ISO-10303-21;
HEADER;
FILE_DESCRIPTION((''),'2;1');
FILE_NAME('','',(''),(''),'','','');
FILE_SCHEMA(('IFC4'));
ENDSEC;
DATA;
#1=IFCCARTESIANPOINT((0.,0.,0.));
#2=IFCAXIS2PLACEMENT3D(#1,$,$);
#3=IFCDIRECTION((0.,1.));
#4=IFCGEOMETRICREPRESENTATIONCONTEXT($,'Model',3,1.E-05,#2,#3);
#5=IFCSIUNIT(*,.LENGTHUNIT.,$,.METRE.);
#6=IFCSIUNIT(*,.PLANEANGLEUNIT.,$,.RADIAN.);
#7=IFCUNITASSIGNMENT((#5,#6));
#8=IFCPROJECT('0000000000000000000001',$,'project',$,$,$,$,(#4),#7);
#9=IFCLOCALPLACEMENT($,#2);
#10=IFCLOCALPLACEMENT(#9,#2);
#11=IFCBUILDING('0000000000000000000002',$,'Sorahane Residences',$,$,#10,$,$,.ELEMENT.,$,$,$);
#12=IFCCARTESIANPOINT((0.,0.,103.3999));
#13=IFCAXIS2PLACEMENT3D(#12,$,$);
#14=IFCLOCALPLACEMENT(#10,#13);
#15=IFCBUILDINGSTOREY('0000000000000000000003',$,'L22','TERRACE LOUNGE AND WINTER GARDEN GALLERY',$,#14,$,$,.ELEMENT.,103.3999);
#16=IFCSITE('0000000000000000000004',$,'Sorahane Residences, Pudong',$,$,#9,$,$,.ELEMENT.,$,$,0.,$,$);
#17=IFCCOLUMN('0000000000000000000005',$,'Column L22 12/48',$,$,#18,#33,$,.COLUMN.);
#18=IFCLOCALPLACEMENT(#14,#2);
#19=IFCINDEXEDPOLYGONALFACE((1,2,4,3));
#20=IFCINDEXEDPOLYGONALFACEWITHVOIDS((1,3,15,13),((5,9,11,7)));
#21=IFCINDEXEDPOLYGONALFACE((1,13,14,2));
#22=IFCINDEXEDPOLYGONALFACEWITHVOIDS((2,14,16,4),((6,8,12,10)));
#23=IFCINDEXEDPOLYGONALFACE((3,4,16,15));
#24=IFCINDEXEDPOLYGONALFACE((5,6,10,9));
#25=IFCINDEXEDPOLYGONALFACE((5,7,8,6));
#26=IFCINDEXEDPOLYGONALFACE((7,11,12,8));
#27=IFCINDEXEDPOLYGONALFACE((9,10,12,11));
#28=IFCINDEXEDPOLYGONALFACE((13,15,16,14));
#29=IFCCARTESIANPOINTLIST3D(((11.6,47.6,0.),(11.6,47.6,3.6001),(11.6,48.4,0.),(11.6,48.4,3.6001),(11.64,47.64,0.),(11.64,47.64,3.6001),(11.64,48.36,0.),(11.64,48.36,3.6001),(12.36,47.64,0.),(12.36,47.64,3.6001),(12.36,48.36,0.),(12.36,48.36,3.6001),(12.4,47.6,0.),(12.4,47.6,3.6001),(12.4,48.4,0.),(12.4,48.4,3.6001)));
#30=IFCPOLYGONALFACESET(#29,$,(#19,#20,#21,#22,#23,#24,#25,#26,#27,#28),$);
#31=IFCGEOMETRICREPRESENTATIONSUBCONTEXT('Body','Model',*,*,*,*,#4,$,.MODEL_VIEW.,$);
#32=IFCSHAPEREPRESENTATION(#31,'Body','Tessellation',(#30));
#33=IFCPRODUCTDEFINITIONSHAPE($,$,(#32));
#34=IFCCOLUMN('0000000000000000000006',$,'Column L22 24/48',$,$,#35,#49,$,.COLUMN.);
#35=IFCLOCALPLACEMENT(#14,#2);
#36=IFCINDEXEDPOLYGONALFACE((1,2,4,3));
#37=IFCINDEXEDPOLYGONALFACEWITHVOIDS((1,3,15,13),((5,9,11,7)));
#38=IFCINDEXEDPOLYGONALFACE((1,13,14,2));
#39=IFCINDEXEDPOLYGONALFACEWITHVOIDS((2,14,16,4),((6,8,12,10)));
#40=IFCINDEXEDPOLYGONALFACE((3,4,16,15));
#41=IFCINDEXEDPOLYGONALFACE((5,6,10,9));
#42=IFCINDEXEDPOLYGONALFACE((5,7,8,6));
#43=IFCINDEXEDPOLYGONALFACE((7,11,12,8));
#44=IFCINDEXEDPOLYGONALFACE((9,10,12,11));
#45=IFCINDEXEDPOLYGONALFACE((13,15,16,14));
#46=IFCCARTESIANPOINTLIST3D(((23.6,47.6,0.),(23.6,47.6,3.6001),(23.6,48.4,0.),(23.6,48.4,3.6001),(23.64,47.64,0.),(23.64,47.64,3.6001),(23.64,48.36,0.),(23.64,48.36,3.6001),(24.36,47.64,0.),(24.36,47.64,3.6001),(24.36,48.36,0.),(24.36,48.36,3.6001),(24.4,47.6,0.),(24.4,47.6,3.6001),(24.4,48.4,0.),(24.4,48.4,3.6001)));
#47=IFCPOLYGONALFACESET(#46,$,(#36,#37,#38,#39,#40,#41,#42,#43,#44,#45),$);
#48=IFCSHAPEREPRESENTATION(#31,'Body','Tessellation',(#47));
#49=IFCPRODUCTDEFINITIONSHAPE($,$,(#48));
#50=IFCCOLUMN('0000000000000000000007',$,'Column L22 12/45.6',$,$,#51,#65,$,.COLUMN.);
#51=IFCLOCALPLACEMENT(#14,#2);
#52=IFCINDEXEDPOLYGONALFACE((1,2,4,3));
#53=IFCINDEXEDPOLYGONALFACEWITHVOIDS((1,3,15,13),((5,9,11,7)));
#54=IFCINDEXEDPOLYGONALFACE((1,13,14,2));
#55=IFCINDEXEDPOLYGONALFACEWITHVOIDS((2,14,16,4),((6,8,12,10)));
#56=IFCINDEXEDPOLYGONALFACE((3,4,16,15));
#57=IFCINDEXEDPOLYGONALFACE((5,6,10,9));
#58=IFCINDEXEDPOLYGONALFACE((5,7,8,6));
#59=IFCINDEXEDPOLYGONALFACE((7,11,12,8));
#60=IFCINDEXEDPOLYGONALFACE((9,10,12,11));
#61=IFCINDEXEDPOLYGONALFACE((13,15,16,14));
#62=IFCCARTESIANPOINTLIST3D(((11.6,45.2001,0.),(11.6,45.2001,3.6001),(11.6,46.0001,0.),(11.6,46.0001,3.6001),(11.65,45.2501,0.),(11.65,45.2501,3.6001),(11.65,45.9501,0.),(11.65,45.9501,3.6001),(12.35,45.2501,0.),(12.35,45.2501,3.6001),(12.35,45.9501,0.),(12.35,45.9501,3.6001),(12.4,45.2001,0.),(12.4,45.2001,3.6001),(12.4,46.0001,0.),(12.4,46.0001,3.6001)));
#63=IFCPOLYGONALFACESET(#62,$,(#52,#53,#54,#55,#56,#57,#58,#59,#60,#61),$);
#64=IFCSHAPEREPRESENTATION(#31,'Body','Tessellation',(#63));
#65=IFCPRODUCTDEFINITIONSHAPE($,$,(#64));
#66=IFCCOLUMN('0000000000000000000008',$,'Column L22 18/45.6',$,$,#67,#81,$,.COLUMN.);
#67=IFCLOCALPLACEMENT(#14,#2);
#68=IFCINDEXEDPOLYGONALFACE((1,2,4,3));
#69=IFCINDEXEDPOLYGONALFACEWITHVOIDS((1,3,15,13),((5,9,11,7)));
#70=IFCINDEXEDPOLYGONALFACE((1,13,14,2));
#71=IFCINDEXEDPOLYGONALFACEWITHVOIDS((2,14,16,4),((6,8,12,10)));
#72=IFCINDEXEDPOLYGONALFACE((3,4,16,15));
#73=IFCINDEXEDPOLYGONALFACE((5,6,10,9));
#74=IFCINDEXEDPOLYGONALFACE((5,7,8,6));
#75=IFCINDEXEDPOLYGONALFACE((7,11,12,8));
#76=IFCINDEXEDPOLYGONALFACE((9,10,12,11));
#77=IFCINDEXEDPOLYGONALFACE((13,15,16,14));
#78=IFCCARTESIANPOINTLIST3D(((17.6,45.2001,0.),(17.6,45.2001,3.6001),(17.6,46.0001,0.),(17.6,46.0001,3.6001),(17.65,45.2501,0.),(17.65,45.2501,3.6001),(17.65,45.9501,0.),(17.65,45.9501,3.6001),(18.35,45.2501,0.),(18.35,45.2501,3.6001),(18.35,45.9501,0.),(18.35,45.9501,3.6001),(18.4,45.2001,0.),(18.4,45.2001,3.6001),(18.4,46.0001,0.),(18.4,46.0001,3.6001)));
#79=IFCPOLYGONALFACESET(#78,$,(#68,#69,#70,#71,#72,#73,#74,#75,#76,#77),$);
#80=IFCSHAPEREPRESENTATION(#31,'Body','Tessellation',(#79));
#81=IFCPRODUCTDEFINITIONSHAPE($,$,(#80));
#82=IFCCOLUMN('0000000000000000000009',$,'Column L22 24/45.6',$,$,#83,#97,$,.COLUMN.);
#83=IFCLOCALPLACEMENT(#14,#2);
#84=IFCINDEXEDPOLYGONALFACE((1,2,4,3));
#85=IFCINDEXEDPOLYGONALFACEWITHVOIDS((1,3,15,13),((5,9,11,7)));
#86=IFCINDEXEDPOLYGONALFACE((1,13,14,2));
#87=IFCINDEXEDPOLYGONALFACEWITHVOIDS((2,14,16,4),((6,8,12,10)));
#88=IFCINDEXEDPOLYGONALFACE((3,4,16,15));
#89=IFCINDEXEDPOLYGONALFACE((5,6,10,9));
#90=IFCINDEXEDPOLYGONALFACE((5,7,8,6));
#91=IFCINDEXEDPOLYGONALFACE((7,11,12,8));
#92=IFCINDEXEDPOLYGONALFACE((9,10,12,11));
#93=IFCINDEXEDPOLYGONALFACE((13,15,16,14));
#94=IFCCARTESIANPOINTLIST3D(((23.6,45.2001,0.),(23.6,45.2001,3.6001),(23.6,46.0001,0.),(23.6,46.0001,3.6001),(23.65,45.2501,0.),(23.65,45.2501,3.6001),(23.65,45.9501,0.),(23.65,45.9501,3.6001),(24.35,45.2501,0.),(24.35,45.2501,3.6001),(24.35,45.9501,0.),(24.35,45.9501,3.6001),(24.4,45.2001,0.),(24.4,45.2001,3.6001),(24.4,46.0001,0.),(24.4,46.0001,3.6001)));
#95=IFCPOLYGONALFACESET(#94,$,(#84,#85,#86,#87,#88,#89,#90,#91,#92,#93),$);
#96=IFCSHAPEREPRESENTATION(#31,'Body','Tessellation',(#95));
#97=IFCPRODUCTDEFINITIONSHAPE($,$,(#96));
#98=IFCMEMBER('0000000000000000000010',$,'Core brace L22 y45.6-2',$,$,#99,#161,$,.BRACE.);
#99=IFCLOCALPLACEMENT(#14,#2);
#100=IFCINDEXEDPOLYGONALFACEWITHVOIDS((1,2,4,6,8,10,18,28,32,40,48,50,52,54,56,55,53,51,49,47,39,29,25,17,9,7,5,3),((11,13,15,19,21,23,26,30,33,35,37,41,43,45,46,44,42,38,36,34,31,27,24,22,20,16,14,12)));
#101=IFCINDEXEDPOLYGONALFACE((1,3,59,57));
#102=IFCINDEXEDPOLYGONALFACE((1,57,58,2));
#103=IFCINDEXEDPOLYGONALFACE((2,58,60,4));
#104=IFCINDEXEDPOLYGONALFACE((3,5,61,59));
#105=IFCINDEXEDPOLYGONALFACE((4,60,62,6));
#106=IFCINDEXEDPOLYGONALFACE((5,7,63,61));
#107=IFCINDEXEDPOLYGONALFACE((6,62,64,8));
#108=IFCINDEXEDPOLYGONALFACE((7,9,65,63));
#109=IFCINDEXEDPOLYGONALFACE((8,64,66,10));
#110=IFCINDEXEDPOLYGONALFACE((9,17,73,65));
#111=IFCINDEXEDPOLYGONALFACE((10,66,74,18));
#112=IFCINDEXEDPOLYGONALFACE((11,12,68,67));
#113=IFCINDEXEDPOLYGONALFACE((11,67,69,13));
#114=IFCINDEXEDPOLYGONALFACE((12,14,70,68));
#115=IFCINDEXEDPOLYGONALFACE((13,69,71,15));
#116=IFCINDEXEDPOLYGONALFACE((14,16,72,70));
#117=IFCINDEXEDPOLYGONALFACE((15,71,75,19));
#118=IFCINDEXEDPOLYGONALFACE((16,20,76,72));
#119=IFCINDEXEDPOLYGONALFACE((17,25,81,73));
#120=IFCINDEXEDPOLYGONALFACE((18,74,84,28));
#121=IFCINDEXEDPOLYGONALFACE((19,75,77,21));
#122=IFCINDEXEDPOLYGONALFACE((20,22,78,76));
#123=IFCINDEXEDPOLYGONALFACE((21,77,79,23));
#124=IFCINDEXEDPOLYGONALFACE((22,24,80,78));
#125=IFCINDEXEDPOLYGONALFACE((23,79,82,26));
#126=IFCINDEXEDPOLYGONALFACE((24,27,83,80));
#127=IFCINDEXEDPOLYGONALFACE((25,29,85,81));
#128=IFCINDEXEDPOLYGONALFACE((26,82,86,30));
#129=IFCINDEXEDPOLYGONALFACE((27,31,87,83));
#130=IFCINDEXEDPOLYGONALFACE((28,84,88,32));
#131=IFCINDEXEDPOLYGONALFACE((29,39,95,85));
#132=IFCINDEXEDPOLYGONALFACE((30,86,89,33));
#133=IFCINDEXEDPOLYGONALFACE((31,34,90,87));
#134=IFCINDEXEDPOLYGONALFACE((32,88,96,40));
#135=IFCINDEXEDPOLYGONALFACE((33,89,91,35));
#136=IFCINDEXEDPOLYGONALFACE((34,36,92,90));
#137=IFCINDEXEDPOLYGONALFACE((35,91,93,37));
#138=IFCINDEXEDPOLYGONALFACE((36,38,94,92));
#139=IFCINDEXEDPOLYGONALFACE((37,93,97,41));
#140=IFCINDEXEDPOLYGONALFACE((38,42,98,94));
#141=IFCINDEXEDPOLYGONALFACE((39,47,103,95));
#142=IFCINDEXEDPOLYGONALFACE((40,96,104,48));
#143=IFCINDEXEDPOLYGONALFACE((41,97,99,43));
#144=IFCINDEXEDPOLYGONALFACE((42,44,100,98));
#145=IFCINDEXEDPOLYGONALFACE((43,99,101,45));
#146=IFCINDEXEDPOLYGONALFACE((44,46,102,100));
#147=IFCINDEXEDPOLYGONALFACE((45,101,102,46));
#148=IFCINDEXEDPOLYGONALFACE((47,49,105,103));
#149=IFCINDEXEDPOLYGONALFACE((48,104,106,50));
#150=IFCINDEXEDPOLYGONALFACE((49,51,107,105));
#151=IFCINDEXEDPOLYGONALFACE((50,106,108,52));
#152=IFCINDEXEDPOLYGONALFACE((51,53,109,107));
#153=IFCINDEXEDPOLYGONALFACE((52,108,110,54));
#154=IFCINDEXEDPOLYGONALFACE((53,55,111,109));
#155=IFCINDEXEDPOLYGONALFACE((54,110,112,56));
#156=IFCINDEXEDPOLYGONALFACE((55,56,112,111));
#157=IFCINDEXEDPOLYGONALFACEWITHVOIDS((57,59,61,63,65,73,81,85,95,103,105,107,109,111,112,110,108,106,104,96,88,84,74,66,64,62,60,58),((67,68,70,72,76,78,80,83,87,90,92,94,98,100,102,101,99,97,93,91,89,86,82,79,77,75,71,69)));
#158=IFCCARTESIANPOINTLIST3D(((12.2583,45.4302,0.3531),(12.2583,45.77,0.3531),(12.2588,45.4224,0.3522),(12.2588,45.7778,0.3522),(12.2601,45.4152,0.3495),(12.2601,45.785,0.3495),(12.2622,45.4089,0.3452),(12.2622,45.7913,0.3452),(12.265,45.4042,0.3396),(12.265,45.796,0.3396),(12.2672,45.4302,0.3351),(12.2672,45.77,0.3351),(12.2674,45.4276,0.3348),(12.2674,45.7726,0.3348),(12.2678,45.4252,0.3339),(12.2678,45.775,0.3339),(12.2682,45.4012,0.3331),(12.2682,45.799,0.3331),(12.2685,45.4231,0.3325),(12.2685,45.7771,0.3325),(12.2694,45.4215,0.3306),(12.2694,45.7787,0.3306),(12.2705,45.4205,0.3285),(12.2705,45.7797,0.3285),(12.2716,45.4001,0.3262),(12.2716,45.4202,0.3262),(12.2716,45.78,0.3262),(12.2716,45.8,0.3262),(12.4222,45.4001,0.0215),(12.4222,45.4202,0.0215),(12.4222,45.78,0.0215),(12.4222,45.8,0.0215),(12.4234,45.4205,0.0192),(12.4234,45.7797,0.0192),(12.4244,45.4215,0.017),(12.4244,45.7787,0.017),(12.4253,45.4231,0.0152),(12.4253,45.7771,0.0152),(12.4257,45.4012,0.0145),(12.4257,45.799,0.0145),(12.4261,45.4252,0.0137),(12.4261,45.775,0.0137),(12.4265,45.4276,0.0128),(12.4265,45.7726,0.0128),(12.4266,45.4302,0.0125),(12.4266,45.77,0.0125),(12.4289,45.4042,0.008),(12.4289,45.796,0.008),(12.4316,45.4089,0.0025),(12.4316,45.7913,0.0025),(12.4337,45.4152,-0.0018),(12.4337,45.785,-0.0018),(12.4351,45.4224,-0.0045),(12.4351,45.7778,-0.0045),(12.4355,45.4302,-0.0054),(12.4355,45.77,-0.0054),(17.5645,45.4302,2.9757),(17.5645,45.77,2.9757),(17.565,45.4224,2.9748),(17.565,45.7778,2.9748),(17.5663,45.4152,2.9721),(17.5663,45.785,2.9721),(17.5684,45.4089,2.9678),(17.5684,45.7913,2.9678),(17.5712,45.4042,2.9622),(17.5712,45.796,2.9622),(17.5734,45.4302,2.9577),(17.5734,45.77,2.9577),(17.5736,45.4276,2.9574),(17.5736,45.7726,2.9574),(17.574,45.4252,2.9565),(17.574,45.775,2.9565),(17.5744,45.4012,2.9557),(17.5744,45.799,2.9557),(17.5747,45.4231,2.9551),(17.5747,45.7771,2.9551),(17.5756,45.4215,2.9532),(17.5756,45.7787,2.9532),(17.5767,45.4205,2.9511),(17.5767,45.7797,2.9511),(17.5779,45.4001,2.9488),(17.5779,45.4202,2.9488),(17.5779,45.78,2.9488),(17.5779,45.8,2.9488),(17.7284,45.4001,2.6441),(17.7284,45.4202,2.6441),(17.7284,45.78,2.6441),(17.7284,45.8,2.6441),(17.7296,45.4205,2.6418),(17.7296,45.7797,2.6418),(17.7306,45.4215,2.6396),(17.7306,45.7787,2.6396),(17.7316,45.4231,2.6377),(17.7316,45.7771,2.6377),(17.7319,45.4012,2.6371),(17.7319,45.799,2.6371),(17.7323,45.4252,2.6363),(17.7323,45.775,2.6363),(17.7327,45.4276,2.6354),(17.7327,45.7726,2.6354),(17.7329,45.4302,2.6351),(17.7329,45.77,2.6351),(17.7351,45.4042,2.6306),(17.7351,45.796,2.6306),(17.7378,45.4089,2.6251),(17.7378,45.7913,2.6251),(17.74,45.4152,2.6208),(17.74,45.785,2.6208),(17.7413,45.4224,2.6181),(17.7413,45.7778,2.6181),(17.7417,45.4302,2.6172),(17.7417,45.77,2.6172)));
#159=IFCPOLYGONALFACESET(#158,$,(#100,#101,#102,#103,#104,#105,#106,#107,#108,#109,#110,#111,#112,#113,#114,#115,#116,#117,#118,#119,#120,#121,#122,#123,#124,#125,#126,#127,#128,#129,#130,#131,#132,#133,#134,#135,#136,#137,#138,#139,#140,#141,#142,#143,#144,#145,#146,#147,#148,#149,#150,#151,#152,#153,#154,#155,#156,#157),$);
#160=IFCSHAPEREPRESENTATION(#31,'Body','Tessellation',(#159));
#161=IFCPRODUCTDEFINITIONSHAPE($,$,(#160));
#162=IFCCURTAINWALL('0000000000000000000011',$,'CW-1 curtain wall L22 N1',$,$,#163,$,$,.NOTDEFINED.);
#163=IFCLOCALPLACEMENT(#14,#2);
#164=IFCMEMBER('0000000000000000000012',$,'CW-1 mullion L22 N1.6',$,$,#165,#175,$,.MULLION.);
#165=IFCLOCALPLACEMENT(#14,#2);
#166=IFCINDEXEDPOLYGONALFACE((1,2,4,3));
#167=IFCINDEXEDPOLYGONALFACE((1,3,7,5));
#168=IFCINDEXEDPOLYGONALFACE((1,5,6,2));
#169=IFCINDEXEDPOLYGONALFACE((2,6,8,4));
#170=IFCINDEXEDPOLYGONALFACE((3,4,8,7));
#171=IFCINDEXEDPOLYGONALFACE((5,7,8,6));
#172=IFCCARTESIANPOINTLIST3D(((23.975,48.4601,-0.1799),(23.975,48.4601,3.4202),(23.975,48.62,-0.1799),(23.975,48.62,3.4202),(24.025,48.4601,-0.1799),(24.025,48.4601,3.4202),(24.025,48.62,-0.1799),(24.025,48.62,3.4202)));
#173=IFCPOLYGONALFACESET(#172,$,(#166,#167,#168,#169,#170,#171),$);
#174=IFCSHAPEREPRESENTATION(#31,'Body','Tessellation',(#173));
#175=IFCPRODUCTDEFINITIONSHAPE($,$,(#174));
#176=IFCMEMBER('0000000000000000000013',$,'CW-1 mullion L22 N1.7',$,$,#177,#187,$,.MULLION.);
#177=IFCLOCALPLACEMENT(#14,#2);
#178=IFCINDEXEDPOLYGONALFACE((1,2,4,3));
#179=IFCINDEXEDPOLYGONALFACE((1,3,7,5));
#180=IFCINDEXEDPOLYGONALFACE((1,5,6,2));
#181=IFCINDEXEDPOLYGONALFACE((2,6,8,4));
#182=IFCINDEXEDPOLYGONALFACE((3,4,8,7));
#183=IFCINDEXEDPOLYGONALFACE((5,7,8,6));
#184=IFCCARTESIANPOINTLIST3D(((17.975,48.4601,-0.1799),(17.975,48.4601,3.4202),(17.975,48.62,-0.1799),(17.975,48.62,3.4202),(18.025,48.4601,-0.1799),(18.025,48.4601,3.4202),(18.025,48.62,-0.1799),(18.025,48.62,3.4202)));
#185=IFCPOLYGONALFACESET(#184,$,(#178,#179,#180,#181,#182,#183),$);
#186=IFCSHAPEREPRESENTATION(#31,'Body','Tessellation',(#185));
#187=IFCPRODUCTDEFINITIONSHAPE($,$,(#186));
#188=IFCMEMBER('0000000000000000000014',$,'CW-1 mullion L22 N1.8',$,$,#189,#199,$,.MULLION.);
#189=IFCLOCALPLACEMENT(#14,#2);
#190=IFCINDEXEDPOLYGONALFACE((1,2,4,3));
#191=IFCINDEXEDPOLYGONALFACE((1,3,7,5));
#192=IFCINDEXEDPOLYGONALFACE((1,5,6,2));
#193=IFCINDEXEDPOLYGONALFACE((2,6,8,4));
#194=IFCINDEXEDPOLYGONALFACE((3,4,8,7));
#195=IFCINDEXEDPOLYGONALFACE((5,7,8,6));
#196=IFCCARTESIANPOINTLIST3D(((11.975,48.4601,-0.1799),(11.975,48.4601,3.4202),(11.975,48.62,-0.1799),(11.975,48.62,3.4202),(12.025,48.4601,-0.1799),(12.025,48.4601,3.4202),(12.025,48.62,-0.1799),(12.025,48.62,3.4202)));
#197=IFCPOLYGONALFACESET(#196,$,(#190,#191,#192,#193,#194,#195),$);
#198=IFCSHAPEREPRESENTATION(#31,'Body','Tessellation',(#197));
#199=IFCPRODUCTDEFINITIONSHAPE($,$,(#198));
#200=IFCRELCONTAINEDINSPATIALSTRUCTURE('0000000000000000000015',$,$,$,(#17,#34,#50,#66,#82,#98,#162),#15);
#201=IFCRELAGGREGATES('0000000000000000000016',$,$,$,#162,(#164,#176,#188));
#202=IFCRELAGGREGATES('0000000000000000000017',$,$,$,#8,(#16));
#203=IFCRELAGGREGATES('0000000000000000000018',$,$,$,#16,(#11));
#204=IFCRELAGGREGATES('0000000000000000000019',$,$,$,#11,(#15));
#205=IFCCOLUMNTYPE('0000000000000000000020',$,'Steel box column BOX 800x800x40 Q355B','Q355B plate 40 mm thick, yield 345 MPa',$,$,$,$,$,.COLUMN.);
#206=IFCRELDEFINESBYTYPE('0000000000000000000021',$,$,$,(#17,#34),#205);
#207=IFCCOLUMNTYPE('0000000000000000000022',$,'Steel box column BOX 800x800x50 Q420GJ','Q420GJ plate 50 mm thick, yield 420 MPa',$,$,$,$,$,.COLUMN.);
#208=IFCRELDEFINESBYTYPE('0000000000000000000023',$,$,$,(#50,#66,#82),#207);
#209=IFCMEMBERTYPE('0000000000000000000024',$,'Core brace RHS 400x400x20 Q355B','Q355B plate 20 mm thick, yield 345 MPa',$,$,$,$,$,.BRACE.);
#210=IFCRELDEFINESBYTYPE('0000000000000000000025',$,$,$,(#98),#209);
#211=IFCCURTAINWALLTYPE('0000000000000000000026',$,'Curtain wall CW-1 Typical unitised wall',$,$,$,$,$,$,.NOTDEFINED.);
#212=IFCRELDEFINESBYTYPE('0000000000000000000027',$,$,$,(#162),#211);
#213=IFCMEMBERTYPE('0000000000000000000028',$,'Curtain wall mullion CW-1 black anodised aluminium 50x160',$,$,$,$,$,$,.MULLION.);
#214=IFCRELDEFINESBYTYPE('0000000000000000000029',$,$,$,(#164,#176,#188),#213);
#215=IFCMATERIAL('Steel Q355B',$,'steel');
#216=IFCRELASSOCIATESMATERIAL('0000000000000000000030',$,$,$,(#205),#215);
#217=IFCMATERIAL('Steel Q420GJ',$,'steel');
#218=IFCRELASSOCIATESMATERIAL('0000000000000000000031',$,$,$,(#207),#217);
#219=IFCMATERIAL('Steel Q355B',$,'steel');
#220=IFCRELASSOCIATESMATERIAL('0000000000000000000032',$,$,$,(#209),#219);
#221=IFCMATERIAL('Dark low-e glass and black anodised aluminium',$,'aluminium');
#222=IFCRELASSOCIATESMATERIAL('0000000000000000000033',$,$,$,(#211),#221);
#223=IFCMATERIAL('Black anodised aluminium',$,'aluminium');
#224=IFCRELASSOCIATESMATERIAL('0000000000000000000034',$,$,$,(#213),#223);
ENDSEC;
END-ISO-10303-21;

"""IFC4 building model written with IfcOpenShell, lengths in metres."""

from ifc_helpers import new_model, si_unit, direction, frame, origin, origin_2d, place, context, subcontext, project, spatial, rectangle, hollow_rectangle, extrude, material, material_profile, profile_set, type_object, element, aggregate, save


model = new_model("IFC4")

# Units and contexts
model_context = context("Model", 3, precision=1e-05, world=origin(), true_north=direction((0.0, 1.0)))
body_context = subcontext(model_context, "Body", "Model", "MODEL_VIEW")
ifc_project = project(units=[si_unit("LENGTHUNIT", "METRE"), si_unit("PLANEANGLEUNIT", "RADIAN")], contexts=[model_context])

# Site, building, storey
site_placement = place(None, origin())
site = spatial("IfcSite", under=ifc_project, at=site_placement, Name="Sorahane Residences, Pudong", CompositionType="ELEMENT", RefElevation=0.0)
building_placement = place(site_placement, origin())
building = spatial("IfcBuilding", under=site, at=building_placement, Name="Sorahane Residences", CompositionType="ELEMENT")
storey_placement = place(building_placement, frame((0.0, 0.0, 103.3999)))
storey = spatial("IfcBuildingStorey", under=building, at=storey_placement, Name="L22", Description="TERRACE LOUNGE AND WINTER GARDEN GALLERY", CompositionType="ELEMENT", Elevation=103.3999)

# Columns
ifc_material_1 = material(Name="Steel Q355B", Category="steel")
ifc_material_profile_1 = material_profile(ifc_material_1, hollow_rectangle(XDim=0.8, YDim=0.8, WallThickness=0.04, at=origin_2d()), Name="BOX 800x800x40")
ifc_profile_set_1 = profile_set([ifc_material_profile_1], Name="Steel Q355B")
column_type_1 = type_object("IfcColumnType", Name="Steel box column BOX 800x800x40 Q355B", Description="Q355B plate 40 mm thick, yield 345 MPa", PredefinedType="COLUMN", material=ifc_profile_set_1)
for number, where, z_axis, x_axis, name in (
    (1, (12.0, 48.0, 0.0), (0.0, 0.0, 1.0), (1.0, 0.0, 0.0), "Column L22 12/48"),
    (2, (24.0, 48.0, 0.0), (0.0, 0.0, 1.0), (1.0, 0.0, 0.0), "Column L22 24/48"),
):
    element("IfcColumn", number, at=place(storey_placement, frame(where, z_axis=z_axis, x_axis=x_axis)), inside=storey, type_object=column_type_1, Name=name, PredefinedType="COLUMN", context=body_context, shape_type="SweptSolid", body=[
        extrude(hollow_rectangle(XDim=0.8, YDim=0.8, WallThickness=0.04, at=origin_2d()), origin(), (0.0, 0.0, 1.0), 3.6001),
    ])
ifc_material_2 = material(Name="Steel Q420GJ", Category="steel")
ifc_material_profile_2 = material_profile(ifc_material_2, hollow_rectangle(XDim=0.8, YDim=0.8, WallThickness=0.05, at=origin_2d()), Name="BOX 800x800x50")
ifc_profile_set_2 = profile_set([ifc_material_profile_2], Name="Steel Q420GJ")
column_type_2 = type_object("IfcColumnType", Name="Steel box column BOX 800x800x50 Q420GJ", Description="Q420GJ plate 50 mm thick, yield 420 MPa", PredefinedType="COLUMN", material=ifc_profile_set_2)
for number, where, z_axis, x_axis, name in (
    (3, (12.0, 45.6001, 0.0), (0.0, 0.0, 1.0), (1.0, 0.0, 0.0), "Column L22 12/45.6"),
    (4, (18.0, 45.6001, 0.0), (0.0, 0.0, 1.0), (1.0, 0.0, 0.0), "Column L22 18/45.6"),
    (5, (24.0, 45.6001, 0.0), (0.0, 0.0, 1.0), (1.0, 0.0, 0.0), "Column L22 24/45.6"),
):
    element("IfcColumn", number, at=place(storey_placement, frame(where, z_axis=z_axis, x_axis=x_axis)), inside=storey, type_object=column_type_2, Name=name, PredefinedType="COLUMN", context=body_context, shape_type="SweptSolid", body=[
        extrude(hollow_rectangle(XDim=0.8, YDim=0.8, WallThickness=0.05, at=origin_2d()), origin(), (0.0, 0.0, 1.0), 3.6001),
    ])

# Member
ifc_material_3 = material(Name="Steel Q355B", Category="steel")
ifc_material_profile_3 = material_profile(ifc_material_3, hollow_rectangle(XDim=0.3999, YDim=0.3999, WallThickness=0.02, InnerFilletRadius=0.01, OuterFilletRadius=0.03, at=origin_2d()), Name="RHS 400x400x20")
ifc_profile_set_3 = profile_set([ifc_material_profile_3], Name="Steel Q355B")
member_type_1 = type_object("IfcMemberType", Name="Core brace RHS 400x400x20 Q355B", Description="Q355B plate 20 mm thick, yield 345 MPa", PredefinedType="BRACE", material=ifc_profile_set_3)
member_1_placement = place(storey_placement, frame((12.3469, 45.6001, 0.1738), z_axis=(0.89648, 0.0, 0.443084), x_axis=(0.0, 1.0, 0.0)))
element("IfcMember", 6, at=member_1_placement, inside=storey, type_object=member_type_1, Name="Core brace L22 y45.6-2", PredefinedType="BRACE", context=body_context, shape_type="SweptSolid", body=[
    extrude(hollow_rectangle(XDim=0.3999, YDim=0.3999, WallThickness=0.02, InnerFilletRadius=0.01, OuterFilletRadius=0.03, at=origin_2d()), origin(), (0.0, 0.0, 1.0), 5.9189),
])

# Curtain wall, members
ifc_material_4 = material(Name="Dark low-e glass and black anodised aluminium", Category="aluminium")
curtain_wall_type = type_object("IfcCurtainWallType", Name="Curtain wall CW-1 Typical unitised wall", PredefinedType="NOTDEFINED", material=ifc_material_4)
curtain_wall_placement = place(storey_placement, origin())
curtain_wall = element("IfcCurtainWall", 7, at=curtain_wall_placement, inside=storey, type_object=curtain_wall_type, Name="CW-1 curtain wall L22 N1", PredefinedType="NOTDEFINED")
ifc_material_5 = material(Name="Black anodised aluminium", Category="aluminium")
ifc_material_profile_4 = material_profile(ifc_material_5, rectangle(XDim=0.1599, YDim=0.05, at=origin_2d()), Name="Curtain wall mullion CW-1 black anodised aluminium 50x160")
ifc_profile_set_4 = profile_set([ifc_material_profile_4], Name="Black anodised aluminium")
member_type_2 = type_object("IfcMemberType", Name="Curtain wall mullion CW-1 black anodised aluminium 50x160", PredefinedType="MULLION", material=ifc_profile_set_4)
member_2_placement = place(storey_placement, frame((24.0, 48.54, -0.1799), z_axis=(0.0, 0.0, 1.0), x_axis=(0.0, 1.0, 0.0)))
member_2 = element("IfcMember", 8, at=member_2_placement, type_object=member_type_2, Name="CW-1 mullion L22 N1.6", PredefinedType="MULLION", context=body_context, shape_type="SweptSolid", body=[
    extrude(rectangle(XDim=0.1599, YDim=0.05, at=origin_2d()), origin(), (0.0, 0.0, 1.0), 3.6001),
])
member_3_placement = place(storey_placement, frame((18.0, 48.54, -0.1799), z_axis=(0.0, 0.0, 1.0), x_axis=(0.0, 1.0, 0.0)))
member_3 = element("IfcMember", 9, at=member_3_placement, type_object=member_type_2, Name="CW-1 mullion L22 N1.7", PredefinedType="MULLION", context=body_context, shape_type="SweptSolid", body=[
    extrude(rectangle(XDim=0.1599, YDim=0.05, at=origin_2d()), origin(), (0.0, 0.0, 1.0), 3.6001),
])
member_4_placement = place(storey_placement, frame((12.0, 48.54, -0.1799), z_axis=(0.0, 0.0, 1.0), x_axis=(0.0, 1.0, 0.0)))
member_4 = element("IfcMember", 10, at=member_4_placement, type_object=member_type_2, Name="CW-1 mullion L22 N1.8", PredefinedType="MULLION", context=body_context, shape_type="SweptSolid", body=[
    extrude(rectangle(XDim=0.1599, YDim=0.05, at=origin_2d()), origin(), (0.0, 0.0, 1.0), 3.6001),
])

aggregate(curtain_wall, [member_2, member_3, member_4])

save(model, "model.ifc")
